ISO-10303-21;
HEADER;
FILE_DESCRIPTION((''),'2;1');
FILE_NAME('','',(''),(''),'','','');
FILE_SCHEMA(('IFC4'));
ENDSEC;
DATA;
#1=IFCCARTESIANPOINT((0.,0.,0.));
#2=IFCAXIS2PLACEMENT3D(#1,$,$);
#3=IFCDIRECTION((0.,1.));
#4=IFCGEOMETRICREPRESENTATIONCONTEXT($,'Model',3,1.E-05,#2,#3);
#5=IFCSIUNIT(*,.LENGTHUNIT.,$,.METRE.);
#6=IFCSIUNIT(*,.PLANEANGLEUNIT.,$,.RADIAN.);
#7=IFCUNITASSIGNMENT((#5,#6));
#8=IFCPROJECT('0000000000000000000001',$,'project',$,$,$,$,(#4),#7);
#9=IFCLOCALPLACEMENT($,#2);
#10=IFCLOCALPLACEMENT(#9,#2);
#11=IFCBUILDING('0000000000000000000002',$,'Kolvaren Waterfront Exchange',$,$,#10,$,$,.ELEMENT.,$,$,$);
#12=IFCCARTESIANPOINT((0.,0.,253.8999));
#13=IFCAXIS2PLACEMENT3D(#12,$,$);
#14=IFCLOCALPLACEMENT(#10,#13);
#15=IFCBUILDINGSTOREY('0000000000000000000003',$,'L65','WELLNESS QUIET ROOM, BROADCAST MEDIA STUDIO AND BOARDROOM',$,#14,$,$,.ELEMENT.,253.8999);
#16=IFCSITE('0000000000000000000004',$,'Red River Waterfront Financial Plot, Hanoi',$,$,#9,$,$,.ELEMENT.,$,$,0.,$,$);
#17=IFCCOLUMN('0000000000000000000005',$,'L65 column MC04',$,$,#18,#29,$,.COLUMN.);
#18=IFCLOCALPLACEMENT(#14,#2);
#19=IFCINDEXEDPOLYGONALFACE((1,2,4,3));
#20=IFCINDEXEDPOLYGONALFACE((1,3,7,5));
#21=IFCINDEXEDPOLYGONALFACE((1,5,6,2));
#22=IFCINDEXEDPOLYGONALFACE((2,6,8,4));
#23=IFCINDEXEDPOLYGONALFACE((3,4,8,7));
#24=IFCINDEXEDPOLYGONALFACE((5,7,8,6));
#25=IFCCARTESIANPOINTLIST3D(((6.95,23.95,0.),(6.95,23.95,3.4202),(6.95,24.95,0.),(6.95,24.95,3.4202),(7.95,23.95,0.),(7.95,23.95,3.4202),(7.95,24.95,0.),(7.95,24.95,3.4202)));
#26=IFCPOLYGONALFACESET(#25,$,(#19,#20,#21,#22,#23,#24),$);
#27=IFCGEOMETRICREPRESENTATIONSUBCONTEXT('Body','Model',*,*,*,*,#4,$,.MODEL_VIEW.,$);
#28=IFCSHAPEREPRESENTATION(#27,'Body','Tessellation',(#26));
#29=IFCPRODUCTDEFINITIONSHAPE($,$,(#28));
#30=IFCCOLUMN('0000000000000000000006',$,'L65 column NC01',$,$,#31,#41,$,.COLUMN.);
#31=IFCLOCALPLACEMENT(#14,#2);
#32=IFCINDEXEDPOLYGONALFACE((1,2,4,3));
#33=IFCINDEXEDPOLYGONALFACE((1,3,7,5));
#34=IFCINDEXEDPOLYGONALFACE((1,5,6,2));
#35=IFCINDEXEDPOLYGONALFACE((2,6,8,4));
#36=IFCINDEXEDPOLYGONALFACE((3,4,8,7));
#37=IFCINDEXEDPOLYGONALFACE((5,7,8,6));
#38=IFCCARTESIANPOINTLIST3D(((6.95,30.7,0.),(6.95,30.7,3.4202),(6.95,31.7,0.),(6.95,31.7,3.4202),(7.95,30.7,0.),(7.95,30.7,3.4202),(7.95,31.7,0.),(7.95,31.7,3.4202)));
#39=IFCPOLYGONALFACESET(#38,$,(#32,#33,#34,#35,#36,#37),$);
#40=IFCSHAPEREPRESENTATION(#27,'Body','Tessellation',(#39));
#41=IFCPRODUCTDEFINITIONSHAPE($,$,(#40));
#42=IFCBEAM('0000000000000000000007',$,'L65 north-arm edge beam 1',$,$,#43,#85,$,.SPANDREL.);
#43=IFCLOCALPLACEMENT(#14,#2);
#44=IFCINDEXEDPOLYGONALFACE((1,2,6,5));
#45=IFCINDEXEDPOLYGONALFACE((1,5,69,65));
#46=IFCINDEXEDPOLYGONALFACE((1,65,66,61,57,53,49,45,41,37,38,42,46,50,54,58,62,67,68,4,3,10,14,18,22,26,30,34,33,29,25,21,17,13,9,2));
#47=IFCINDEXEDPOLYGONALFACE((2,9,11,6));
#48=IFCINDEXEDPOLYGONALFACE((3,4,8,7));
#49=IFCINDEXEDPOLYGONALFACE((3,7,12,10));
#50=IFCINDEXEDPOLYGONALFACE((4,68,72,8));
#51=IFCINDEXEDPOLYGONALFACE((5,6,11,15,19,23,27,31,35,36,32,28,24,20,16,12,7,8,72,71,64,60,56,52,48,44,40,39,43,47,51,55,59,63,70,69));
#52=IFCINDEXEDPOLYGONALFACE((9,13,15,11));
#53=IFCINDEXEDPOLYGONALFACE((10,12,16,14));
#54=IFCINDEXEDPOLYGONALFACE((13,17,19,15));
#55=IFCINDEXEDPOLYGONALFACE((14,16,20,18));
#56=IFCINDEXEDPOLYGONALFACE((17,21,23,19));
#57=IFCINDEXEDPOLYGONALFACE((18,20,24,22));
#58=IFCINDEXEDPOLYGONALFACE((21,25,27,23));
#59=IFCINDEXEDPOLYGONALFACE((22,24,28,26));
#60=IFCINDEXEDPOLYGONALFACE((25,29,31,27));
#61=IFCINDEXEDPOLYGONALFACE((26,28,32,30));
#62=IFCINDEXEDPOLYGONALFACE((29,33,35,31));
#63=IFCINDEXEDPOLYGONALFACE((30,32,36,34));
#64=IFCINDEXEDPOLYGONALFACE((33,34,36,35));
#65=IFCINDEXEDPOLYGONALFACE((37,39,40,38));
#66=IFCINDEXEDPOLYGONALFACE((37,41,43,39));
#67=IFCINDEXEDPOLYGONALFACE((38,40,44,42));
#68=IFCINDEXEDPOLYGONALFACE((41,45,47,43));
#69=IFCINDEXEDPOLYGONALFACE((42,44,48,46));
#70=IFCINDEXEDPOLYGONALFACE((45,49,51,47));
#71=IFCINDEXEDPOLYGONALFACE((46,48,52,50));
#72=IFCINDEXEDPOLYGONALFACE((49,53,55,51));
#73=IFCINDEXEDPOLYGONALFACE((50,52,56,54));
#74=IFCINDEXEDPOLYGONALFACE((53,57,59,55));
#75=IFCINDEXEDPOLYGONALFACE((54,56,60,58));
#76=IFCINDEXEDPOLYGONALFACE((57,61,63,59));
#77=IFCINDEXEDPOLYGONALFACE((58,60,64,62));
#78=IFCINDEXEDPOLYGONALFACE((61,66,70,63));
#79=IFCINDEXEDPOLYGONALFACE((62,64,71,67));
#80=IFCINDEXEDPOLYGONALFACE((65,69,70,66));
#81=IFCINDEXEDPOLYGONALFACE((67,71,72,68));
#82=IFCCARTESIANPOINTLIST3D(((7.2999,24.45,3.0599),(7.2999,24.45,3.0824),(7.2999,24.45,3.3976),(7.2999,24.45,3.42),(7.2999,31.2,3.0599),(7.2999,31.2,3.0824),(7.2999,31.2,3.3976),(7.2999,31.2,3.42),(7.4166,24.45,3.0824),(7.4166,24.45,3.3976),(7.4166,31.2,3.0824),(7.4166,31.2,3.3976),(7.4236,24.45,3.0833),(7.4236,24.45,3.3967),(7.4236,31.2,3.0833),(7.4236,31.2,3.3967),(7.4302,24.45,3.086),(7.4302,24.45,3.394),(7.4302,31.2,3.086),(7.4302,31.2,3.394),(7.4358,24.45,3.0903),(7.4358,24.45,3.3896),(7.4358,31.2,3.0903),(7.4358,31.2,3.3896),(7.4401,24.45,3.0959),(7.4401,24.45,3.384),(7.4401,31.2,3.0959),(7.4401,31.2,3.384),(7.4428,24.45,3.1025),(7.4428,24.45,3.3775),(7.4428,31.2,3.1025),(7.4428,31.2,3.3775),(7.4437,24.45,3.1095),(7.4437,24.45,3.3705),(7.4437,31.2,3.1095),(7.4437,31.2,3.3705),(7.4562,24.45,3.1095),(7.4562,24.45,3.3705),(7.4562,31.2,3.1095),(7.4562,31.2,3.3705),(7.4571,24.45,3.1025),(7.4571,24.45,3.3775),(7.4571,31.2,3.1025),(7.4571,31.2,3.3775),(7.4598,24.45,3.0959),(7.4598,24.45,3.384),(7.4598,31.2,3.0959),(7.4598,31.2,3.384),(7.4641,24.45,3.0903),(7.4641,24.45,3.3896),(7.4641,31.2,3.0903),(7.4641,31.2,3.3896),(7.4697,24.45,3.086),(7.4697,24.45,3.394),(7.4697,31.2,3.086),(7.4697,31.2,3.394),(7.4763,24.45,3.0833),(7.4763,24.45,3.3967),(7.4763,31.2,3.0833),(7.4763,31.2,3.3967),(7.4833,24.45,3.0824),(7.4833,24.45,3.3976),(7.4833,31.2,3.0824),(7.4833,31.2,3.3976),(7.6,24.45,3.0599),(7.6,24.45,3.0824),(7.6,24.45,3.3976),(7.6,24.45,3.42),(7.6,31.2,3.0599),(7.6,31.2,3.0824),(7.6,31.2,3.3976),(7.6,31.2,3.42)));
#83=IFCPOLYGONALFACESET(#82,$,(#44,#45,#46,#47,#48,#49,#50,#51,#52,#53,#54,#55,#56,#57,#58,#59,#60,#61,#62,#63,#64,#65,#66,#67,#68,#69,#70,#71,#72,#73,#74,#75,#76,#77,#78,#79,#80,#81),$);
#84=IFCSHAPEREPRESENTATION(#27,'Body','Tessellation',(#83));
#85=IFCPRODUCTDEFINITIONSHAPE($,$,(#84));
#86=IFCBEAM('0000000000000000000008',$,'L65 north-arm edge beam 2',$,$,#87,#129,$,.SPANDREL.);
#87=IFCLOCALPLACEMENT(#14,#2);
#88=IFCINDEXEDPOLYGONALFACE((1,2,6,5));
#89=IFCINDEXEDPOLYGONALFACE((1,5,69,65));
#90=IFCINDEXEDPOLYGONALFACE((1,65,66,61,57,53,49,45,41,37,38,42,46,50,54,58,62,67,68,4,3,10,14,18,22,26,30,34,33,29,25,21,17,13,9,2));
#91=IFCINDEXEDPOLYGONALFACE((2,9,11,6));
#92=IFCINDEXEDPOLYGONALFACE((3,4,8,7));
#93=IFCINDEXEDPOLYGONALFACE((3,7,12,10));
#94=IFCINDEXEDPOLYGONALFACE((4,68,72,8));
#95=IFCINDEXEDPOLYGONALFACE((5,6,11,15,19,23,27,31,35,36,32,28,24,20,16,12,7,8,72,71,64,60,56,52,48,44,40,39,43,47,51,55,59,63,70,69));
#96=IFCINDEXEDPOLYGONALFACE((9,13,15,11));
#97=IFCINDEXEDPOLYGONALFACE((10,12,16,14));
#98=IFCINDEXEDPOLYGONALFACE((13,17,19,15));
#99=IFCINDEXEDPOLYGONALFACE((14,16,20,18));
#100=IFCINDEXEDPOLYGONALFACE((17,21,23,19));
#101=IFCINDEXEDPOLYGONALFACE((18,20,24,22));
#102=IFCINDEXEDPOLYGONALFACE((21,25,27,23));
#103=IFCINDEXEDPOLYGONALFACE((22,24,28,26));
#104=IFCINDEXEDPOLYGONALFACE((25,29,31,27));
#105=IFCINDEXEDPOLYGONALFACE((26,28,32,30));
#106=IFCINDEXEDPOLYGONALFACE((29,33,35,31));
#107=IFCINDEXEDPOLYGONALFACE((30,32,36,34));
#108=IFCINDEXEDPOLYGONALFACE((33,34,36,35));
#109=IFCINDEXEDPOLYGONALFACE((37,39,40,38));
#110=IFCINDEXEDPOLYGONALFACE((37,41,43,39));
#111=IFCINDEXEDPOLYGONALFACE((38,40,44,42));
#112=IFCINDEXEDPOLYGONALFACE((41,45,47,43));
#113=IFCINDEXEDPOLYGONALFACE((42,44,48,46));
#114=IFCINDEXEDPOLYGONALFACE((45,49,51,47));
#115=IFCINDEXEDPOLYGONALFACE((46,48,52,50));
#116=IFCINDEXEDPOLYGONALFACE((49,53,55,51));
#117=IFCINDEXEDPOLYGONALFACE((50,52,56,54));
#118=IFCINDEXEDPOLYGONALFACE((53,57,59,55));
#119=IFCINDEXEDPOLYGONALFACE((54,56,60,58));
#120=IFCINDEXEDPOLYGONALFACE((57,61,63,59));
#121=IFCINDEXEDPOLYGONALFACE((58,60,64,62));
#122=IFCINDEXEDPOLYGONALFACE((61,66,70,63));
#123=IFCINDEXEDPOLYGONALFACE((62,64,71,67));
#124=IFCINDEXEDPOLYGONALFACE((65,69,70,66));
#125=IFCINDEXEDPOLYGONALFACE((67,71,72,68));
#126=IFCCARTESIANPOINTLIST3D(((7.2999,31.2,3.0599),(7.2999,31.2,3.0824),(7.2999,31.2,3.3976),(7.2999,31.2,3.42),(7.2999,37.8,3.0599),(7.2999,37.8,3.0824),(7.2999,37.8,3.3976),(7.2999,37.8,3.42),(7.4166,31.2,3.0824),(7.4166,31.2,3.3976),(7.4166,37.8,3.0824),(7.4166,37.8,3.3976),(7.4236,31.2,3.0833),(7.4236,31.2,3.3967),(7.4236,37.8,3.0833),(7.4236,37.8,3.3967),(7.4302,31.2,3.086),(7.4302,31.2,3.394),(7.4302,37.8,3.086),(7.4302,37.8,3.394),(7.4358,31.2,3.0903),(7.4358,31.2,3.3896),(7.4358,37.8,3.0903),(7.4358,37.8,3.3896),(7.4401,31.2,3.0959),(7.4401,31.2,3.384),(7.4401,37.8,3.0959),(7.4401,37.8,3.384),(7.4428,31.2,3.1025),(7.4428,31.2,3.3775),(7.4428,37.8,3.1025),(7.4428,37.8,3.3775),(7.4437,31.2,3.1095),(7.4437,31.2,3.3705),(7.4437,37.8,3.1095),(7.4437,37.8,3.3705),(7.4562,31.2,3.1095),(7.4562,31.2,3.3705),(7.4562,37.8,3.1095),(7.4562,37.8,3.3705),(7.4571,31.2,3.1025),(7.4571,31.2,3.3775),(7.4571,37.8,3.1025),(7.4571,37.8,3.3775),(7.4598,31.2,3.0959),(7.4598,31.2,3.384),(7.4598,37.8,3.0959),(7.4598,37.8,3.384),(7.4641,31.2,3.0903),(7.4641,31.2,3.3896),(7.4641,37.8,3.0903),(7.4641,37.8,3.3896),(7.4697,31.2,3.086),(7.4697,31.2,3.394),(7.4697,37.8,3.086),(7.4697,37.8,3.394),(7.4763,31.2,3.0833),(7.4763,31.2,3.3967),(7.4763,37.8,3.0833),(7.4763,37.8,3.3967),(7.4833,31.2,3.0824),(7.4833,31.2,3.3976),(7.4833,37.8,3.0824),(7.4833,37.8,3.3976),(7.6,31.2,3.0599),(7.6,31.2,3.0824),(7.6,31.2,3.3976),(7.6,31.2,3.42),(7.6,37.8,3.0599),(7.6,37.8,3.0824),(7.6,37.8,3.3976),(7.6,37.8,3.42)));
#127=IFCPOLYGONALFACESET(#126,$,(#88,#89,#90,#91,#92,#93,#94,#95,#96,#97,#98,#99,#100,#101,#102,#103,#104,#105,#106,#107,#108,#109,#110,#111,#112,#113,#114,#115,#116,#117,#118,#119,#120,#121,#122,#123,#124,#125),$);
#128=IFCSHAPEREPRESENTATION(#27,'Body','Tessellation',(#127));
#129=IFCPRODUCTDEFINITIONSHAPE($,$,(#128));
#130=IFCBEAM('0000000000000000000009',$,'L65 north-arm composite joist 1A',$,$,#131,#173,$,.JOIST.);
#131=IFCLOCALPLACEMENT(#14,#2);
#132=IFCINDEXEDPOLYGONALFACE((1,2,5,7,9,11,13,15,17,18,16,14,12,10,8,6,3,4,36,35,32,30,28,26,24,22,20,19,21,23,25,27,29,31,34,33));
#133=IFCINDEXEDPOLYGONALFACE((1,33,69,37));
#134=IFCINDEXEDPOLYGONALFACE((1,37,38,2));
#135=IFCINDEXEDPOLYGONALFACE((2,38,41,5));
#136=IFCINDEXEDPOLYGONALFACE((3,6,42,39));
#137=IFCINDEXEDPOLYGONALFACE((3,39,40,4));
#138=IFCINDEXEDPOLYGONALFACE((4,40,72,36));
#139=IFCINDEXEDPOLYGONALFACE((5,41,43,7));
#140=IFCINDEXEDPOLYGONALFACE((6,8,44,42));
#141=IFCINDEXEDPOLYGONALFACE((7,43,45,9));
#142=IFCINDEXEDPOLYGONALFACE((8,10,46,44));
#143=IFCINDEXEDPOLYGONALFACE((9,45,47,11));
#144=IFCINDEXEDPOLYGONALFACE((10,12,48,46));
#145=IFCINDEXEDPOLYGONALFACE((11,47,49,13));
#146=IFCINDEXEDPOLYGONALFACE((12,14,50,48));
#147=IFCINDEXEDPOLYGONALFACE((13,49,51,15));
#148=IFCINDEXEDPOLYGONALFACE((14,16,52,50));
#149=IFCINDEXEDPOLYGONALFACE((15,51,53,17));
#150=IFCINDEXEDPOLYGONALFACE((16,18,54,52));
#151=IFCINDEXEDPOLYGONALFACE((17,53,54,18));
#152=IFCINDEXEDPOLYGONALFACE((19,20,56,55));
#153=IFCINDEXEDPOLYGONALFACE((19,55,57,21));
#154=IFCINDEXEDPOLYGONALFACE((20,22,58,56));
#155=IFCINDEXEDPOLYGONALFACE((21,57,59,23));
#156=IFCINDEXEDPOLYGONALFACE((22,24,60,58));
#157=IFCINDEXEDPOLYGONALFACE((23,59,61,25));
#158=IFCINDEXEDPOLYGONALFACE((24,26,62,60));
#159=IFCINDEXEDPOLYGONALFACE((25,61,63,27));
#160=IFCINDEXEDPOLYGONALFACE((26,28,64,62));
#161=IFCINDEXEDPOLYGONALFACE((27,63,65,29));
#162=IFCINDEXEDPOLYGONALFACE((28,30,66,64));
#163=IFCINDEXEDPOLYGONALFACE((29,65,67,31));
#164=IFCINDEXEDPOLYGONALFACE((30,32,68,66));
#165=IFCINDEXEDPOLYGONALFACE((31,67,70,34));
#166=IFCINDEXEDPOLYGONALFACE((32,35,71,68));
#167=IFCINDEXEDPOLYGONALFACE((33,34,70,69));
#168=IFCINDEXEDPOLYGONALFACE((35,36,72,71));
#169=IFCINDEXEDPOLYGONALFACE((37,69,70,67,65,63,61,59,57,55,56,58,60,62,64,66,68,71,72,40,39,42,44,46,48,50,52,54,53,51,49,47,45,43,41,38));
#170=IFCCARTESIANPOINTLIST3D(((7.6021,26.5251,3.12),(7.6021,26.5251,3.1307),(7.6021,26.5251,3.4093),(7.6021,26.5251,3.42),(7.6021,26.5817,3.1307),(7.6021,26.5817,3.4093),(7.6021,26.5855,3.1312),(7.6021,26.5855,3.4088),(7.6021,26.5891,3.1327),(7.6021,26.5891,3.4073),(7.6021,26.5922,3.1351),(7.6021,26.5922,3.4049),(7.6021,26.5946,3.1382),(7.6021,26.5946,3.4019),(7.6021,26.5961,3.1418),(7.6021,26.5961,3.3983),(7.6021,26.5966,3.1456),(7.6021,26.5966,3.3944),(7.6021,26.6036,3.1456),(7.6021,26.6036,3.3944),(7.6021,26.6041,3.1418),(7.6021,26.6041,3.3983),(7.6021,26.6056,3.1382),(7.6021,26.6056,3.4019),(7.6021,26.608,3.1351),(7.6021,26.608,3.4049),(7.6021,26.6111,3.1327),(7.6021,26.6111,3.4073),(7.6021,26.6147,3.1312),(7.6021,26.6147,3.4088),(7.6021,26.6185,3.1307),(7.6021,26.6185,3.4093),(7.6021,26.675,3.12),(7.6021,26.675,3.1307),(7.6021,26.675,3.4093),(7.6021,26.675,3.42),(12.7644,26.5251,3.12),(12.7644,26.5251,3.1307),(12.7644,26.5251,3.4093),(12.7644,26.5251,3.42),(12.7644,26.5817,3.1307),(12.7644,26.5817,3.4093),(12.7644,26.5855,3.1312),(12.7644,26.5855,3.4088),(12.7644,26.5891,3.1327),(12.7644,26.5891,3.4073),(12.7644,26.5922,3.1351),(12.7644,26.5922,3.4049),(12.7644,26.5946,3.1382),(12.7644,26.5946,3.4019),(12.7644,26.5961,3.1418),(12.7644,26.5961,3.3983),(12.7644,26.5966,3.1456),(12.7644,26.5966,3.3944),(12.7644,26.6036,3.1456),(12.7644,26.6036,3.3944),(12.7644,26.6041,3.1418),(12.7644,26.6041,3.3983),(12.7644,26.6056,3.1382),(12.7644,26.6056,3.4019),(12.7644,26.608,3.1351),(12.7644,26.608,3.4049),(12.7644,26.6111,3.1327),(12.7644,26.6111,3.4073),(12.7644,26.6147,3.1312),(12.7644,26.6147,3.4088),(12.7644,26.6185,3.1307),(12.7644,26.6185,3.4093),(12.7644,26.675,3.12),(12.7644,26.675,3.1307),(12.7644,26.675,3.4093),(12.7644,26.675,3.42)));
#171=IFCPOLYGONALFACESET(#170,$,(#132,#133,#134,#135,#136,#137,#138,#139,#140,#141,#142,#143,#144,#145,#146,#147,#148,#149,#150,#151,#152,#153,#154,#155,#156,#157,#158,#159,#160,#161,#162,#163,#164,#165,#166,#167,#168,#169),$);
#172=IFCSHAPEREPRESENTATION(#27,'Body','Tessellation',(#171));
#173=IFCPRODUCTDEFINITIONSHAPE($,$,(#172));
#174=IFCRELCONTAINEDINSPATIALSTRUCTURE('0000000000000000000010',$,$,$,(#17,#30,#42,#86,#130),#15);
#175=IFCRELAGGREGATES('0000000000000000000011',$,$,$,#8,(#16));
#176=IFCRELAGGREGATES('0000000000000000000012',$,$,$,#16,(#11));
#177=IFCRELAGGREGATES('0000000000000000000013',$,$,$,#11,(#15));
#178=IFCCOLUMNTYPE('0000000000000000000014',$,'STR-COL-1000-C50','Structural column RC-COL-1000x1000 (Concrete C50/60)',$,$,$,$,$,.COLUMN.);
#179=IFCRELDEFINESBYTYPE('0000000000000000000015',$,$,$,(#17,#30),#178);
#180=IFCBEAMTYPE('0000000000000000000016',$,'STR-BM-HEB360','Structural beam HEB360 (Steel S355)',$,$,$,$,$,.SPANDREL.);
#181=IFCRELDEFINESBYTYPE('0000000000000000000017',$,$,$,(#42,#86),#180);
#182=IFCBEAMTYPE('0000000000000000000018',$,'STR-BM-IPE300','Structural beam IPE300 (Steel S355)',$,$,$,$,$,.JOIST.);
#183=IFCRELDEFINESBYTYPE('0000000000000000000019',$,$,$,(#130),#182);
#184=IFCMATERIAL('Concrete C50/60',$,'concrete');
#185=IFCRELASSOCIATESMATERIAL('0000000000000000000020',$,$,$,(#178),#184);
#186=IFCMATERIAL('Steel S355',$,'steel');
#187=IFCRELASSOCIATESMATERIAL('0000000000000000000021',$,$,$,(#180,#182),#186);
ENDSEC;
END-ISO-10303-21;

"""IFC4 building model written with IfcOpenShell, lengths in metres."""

from ifc_helpers import new_model, si_unit, direction, frame, origin, origin_2d, place, context, subcontext, project, spatial, rectangle, i_section, extrude, material, material_profile, profile_set, type_object, element, save


model = new_model("IFC4")

# Units and contexts
model_context = context("Model", 3, precision=1e-05, world=origin(), true_north=direction((0.0, 1.0)))
body_context = subcontext(model_context, "Body", "Model", "MODEL_VIEW")
ifc_project = project(units=[si_unit("LENGTHUNIT", "METRE"), si_unit("PLANEANGLEUNIT", "RADIAN")], contexts=[model_context])

# Site, building, storey
site_placement = place(None, origin())
site = spatial("IfcSite", under=ifc_project, at=site_placement, Name="Red River Waterfront Financial Plot, Hanoi", CompositionType="ELEMENT", RefElevation=0.0)
building_placement = place(site_placement, origin())
building = spatial("IfcBuilding", under=site, at=building_placement, Name="Kolvaren Waterfront Exchange", CompositionType="ELEMENT")
storey_placement = place(building_placement, frame((0.0, 0.0, 253.8999)))
storey = spatial("IfcBuildingStorey", under=building, at=storey_placement, Name="L65", Description="WELLNESS QUIET ROOM, BROADCAST MEDIA STUDIO AND BOARDROOM", CompositionType="ELEMENT", Elevation=253.8999)

# Columns
ifc_material_1 = material(Name="Concrete C50/60", Category="concrete")
ifc_material_profile_1 = material_profile(ifc_material_1, rectangle(XDim=1.0, YDim=1.0, at=origin_2d()), Name="RC-COL-1000x1000")
ifc_profile_set_1 = profile_set([ifc_material_profile_1], Name="Concrete C50/60")
column_type = type_object("IfcColumnType", Name="STR-COL-1000-C50", Description="Structural column RC-COL-1000x1000 (Concrete C50/60)", PredefinedType="COLUMN", material=ifc_profile_set_1)
for number, where, z_axis, x_axis, name in (
    (1, (7.45, 24.45, 0.0), (0.0, 0.0, 1.0), (1.0, 0.0, 0.0), "L65 column MC04"),
    (2, (7.45, 31.2, 0.0), (0.0, 0.0, 1.0), (1.0, 0.0, 0.0), "L65 column NC01"),
):
    element("IfcColumn", number, at=place(storey_placement, frame(where, z_axis=z_axis, x_axis=x_axis)), inside=storey, type_object=column_type, Name=name, PredefinedType="COLUMN", context=body_context, shape_type="SweptSolid", body=[
        extrude(rectangle(XDim=1.0, YDim=1.0, at=origin_2d()), origin(), (0.0, 0.0, 1.0), 3.4202),
    ])

# Beams
ifc_material_2 = material(Name="Steel S355", Category="steel")
ifc_material_profile_2 = material_profile(ifc_material_2, i_section(OverallWidth=0.3, OverallDepth=0.3601, WebThickness=0.0125, FlangeThickness=0.0225, FilletRadius=0.0271, at=origin_2d()), Name="HEB360")
ifc_profile_set_2 = profile_set([ifc_material_profile_2], Name="Steel S355")
beam_type_1 = type_object("IfcBeamType", Name="STR-BM-HEB360", Description="Structural beam HEB360 (Steel S355)", PredefinedType="SPANDREL", material=ifc_profile_set_2)
beam_1_placement = place(storey_placement, frame((7.45, 24.45, 3.24), z_axis=(0.0, 1.0, 0.0), x_axis=(-1.0, 0.0, 0.0)))
element("IfcBeam", 3, at=beam_1_placement, inside=storey, type_object=beam_type_1, Name="L65 north-arm edge beam 1", PredefinedType="SPANDREL", context=body_context, shape_type="SweptSolid", body=[
    extrude(i_section(OverallWidth=0.3, OverallDepth=0.3601, WebThickness=0.0125, FlangeThickness=0.0225, FilletRadius=0.0271, at=origin_2d()), origin(), (0.0, 0.0, 1.0), 6.75),
])
beam_2_placement = place(storey_placement, frame((7.45, 31.2, 3.24), z_axis=(0.0, 1.0, 0.0), x_axis=(-1.0, 0.0, 0.0)))
element("IfcBeam", 4, at=beam_2_placement, inside=storey, type_object=beam_type_1, Name="L65 north-arm edge beam 2", PredefinedType="SPANDREL", context=body_context, shape_type="SweptSolid", body=[
    extrude(i_section(OverallWidth=0.3, OverallDepth=0.3601, WebThickness=0.0125, FlangeThickness=0.0225, FilletRadius=0.0271, at=origin_2d()), origin(), (0.0, 0.0, 1.0), 6.6001),
])
ifc_material_profile_3 = material_profile(ifc_material_2, i_section(OverallWidth=0.1499, OverallDepth=0.3, WebThickness=0.0071, FlangeThickness=0.0107, FilletRadius=0.0149, at=origin_2d()), Name="IPE300")
ifc_profile_set_3 = profile_set([ifc_material_profile_3], Name="Steel S355")
beam_type_2 = type_object("IfcBeamType", Name="STR-BM-IPE300", Description="Structural beam IPE300 (Steel S355)", PredefinedType="JOIST", material=ifc_profile_set_3)
for number, where, z_axis, x_axis, name in (
    (5, (7.6021, 26.6001, 3.27), (1.0, 0.0, 0.0), (0.0, 1.0, 0.0), "L65 north-arm composite joist 1A"),
):
    element("IfcBeam", number, at=place(storey_placement, frame(where, z_axis=z_axis, x_axis=x_axis)), inside=storey, type_object=beam_type_2, Name=name, PredefinedType="JOIST", context=body_context, shape_type="SweptSolid", body=[
        extrude(i_section(OverallWidth=0.1499, OverallDepth=0.3, WebThickness=0.0071, FlangeThickness=0.0107, FilletRadius=0.0149, at=origin_2d()), origin(), (0.0, 0.0, 1.0), 5.1624),
    ])

save(model, "model.ifc")
